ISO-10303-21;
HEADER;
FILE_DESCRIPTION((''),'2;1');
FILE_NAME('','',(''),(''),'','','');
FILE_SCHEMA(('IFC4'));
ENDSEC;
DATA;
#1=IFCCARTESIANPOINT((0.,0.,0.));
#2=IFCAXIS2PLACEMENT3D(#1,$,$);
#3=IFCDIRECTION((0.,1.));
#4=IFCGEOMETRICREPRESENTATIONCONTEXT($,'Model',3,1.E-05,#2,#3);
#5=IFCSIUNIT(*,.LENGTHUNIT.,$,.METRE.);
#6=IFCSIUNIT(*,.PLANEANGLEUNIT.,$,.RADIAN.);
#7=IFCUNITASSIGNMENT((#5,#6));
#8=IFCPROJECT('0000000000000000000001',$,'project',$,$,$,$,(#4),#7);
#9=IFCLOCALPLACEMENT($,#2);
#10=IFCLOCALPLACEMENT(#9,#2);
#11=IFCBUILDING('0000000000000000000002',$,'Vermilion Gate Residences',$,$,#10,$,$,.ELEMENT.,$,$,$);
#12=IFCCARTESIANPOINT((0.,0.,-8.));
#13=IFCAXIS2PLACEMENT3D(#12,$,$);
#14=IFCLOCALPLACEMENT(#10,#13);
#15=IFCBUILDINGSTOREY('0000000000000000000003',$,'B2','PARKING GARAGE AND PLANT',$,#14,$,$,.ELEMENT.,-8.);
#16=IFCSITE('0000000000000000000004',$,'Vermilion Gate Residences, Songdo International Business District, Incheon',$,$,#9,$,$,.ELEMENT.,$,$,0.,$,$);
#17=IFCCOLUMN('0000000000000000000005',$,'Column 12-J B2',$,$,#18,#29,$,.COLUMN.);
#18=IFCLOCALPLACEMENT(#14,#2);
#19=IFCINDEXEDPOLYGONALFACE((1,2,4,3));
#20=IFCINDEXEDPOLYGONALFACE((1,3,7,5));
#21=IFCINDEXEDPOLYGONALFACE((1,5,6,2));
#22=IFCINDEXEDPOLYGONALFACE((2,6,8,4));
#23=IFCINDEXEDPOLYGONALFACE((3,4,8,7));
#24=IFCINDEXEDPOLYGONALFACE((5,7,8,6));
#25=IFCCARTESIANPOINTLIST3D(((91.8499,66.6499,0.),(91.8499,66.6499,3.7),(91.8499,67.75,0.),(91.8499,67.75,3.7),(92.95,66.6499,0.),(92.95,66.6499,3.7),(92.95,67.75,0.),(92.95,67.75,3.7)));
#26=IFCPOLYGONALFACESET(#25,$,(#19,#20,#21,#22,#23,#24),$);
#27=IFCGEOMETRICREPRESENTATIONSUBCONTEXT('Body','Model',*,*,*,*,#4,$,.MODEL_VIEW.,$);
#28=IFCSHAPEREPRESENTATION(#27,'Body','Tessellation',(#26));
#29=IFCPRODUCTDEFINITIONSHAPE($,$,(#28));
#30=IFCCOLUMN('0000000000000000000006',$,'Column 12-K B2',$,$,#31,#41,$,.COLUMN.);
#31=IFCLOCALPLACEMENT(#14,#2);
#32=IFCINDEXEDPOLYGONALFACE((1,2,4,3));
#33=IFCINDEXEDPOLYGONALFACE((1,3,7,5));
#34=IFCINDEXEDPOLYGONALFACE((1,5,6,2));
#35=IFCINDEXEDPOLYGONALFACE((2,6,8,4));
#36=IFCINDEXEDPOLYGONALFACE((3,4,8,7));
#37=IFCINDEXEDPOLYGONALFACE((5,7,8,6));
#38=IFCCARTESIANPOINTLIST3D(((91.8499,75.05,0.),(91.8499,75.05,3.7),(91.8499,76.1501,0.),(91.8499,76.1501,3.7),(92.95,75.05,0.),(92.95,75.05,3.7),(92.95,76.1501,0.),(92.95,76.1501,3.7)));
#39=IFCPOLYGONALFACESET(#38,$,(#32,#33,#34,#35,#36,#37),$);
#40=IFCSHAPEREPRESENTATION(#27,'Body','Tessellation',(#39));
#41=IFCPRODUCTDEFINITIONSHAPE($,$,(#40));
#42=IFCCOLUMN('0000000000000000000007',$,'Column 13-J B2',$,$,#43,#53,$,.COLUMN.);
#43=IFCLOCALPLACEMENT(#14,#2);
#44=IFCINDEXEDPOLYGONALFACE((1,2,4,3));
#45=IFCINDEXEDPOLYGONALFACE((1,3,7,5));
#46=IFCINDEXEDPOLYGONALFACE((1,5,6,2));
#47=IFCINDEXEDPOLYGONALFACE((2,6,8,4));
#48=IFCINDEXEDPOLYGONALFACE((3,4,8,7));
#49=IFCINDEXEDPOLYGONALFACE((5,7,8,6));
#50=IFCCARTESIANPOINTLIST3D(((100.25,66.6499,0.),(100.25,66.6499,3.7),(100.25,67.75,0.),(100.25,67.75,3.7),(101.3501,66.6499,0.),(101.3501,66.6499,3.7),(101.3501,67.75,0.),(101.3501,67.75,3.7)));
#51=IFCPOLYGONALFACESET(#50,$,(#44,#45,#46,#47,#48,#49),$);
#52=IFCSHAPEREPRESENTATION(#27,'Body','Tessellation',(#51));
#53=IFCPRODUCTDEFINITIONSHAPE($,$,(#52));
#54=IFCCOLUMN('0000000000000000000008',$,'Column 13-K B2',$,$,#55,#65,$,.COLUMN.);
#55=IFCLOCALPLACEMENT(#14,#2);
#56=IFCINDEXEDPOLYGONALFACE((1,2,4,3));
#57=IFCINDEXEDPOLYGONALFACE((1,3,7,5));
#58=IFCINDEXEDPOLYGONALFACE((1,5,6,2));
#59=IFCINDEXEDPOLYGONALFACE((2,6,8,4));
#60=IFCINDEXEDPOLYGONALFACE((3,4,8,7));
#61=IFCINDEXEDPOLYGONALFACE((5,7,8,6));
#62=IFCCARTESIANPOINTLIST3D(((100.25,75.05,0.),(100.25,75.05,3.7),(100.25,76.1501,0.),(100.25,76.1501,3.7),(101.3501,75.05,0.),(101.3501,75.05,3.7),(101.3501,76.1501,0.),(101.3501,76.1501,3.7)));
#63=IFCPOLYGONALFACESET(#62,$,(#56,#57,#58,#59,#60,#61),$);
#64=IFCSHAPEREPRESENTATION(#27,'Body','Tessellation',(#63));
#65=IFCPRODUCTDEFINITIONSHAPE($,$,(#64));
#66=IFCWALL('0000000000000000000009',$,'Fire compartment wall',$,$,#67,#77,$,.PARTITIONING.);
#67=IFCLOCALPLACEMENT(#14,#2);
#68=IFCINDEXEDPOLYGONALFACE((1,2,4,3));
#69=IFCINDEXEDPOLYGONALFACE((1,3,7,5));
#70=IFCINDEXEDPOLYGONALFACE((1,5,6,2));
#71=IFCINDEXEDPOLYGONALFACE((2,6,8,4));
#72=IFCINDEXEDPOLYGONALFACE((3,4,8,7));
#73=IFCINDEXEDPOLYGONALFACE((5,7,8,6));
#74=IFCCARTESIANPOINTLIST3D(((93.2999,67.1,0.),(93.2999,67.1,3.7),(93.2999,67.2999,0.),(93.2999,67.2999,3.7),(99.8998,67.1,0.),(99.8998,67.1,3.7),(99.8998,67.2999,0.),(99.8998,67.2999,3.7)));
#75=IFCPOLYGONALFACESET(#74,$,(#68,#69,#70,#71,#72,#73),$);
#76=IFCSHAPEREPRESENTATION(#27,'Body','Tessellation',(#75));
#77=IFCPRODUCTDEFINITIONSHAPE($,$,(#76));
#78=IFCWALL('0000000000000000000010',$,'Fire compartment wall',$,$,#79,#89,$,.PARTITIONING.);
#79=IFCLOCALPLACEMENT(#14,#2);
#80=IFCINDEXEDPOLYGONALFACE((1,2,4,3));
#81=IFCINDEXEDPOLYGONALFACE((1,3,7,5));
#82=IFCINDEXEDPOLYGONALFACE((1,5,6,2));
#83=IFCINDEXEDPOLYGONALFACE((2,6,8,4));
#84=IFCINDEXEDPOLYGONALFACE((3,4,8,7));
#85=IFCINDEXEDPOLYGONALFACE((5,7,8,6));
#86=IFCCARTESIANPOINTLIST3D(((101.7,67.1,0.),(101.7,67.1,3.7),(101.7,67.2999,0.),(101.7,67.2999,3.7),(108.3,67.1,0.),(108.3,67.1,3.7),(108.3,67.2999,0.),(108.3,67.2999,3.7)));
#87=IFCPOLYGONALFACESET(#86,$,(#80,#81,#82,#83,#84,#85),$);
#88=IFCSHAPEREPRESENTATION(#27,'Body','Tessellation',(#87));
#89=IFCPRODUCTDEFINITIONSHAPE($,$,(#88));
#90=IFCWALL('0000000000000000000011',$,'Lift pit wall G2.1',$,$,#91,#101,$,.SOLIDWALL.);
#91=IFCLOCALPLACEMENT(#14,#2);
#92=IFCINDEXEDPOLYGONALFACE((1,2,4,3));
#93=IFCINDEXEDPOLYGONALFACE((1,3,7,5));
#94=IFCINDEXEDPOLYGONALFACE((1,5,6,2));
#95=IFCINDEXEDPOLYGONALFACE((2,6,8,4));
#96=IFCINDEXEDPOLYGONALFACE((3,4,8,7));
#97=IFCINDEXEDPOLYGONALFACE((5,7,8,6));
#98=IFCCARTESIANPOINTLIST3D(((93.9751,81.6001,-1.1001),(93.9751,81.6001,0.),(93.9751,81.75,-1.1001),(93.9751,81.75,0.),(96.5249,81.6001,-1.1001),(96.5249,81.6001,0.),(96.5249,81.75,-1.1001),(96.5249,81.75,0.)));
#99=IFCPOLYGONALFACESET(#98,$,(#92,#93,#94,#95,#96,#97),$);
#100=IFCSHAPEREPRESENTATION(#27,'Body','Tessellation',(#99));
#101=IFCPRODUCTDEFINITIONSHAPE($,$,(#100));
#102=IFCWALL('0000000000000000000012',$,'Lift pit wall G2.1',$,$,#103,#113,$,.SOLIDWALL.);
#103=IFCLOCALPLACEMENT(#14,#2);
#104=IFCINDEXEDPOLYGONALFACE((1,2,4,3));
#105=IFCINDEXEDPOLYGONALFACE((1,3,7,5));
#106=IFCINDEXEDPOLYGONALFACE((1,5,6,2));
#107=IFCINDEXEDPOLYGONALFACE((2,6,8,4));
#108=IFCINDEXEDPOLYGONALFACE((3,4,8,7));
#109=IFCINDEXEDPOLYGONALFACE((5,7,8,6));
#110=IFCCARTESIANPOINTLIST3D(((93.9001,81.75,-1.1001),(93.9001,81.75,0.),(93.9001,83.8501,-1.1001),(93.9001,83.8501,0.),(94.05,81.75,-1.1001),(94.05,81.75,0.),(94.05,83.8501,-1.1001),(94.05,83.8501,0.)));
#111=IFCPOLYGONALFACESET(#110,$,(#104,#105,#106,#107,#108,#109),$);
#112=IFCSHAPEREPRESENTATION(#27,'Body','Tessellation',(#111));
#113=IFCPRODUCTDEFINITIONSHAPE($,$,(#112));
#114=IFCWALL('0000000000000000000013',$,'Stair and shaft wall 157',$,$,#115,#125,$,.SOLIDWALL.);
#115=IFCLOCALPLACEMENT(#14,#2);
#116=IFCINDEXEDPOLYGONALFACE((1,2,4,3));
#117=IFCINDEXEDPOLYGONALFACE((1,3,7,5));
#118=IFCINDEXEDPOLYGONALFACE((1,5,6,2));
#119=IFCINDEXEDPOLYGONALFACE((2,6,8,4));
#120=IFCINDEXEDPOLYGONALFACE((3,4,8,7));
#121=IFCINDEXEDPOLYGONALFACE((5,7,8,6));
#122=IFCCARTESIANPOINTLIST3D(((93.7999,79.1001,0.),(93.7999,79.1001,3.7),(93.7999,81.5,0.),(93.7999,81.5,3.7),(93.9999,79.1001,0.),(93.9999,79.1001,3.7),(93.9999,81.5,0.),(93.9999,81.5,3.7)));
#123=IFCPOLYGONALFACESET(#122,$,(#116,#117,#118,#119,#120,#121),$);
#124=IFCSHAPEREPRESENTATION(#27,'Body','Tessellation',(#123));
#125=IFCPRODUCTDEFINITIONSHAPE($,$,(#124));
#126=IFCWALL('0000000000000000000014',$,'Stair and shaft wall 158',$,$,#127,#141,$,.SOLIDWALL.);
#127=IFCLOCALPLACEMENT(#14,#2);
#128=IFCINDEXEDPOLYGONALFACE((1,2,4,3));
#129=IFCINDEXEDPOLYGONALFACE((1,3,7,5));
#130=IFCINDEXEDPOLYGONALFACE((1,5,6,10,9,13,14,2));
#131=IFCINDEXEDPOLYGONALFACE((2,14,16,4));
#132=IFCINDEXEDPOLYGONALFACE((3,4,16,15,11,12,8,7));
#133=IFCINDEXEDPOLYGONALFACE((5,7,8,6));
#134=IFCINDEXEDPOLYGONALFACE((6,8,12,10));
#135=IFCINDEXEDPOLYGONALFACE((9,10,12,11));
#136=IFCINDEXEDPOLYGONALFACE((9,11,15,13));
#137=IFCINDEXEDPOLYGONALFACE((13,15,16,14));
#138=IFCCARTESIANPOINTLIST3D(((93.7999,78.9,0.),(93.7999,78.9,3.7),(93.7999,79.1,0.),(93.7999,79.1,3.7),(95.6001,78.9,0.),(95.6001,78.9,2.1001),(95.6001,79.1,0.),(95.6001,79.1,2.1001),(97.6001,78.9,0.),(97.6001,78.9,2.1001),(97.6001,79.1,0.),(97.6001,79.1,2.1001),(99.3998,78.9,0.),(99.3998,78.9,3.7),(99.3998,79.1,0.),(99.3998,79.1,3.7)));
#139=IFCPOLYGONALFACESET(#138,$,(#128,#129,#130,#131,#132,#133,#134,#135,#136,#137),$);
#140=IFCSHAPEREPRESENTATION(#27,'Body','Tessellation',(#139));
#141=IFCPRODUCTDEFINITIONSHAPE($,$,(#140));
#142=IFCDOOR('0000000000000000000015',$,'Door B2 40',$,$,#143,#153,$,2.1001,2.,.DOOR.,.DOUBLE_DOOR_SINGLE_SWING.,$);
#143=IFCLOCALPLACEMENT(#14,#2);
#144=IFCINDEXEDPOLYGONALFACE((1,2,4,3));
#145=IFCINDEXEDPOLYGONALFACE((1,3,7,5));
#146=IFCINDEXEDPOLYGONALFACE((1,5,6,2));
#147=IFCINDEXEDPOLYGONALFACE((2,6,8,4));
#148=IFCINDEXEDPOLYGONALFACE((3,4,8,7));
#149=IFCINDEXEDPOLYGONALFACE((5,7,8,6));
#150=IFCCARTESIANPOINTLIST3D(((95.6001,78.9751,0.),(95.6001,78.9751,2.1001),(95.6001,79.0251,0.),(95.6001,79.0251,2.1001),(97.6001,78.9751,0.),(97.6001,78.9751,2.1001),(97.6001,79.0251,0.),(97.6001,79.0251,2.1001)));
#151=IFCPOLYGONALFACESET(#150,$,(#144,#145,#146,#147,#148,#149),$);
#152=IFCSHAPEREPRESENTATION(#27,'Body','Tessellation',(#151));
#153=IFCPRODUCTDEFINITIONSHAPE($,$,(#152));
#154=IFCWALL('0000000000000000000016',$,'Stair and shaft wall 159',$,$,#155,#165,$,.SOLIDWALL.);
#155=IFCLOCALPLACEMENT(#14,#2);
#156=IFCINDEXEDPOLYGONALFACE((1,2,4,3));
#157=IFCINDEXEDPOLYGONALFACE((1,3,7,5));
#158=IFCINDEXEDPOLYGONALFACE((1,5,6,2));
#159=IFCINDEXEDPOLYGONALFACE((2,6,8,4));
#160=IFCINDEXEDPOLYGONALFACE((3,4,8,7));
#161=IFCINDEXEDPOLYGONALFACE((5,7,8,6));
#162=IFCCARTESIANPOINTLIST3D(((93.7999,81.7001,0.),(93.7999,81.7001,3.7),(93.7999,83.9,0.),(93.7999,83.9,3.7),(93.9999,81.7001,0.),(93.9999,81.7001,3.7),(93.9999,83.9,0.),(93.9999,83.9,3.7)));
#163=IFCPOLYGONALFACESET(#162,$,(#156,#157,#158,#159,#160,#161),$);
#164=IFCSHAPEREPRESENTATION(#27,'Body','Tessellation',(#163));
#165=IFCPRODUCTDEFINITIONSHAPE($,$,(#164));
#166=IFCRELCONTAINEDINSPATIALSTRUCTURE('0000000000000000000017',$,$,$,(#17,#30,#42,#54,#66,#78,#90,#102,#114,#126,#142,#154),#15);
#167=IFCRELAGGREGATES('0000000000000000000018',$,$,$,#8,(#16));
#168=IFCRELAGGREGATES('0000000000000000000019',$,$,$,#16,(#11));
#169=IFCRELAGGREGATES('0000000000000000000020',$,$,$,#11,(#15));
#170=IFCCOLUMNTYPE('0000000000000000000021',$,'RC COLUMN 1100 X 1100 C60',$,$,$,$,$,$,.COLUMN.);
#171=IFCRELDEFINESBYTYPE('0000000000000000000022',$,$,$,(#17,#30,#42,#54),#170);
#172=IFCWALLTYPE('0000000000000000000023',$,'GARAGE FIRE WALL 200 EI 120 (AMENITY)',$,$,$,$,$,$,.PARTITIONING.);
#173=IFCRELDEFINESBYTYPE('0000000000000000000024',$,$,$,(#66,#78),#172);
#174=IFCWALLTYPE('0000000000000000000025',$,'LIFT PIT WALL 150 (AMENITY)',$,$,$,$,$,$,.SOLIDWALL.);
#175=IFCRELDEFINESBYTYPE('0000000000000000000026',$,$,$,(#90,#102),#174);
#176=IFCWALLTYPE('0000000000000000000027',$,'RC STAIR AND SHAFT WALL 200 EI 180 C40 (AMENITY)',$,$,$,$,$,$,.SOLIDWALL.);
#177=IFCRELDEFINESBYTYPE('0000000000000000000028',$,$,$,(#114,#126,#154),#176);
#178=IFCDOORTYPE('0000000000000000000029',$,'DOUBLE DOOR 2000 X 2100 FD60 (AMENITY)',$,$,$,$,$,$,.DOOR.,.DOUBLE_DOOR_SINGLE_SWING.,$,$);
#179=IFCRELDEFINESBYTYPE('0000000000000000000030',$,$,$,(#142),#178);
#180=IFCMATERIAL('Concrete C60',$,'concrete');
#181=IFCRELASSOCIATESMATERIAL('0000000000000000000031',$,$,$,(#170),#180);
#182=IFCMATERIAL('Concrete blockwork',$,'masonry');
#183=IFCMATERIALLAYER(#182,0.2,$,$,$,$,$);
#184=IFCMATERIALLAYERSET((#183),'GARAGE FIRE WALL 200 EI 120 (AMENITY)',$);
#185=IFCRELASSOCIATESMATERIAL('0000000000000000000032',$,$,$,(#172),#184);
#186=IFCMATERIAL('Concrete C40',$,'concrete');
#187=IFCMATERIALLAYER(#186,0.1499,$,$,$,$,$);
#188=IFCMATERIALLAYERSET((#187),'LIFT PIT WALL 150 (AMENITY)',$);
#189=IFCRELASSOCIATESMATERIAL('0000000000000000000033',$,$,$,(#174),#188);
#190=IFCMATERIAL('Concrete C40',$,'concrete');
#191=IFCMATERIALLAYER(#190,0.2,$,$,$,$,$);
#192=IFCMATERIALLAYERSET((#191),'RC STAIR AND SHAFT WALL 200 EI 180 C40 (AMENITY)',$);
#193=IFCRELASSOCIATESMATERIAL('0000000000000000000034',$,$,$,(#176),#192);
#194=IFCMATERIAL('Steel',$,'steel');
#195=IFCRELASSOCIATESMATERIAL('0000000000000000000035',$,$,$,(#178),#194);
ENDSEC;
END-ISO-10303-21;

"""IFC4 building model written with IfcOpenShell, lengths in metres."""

from ifc_helpers import new_model, si_unit, direction, frame, frame_2d, origin, origin_2d, place, context, subcontext, project, spatial, rectangle, extrude, material, layer, layer_set, material_profile, profile_set, type_object, element, fill, save


model = new_model("IFC4")

# Units and contexts
model_context = context("Model", 3, precision=1e-05, world=origin(), true_north=direction((0.0, 1.0)))
body_context = subcontext(model_context, "Body", "Model", "MODEL_VIEW")
ifc_project = project(units=[si_unit("LENGTHUNIT", "METRE"), si_unit("PLANEANGLEUNIT", "RADIAN")], contexts=[model_context])

# Site, building, storey
site_placement = place(None, origin())
site = spatial("IfcSite", under=ifc_project, at=site_placement, Name="Vermilion Gate Residences, Songdo International Business District, Incheon", CompositionType="ELEMENT", RefElevation=0.0)
building_placement = place(site_placement, origin())
building = spatial("IfcBuilding", under=site, at=building_placement, Name="Vermilion Gate Residences", CompositionType="ELEMENT")
storey_placement = place(building_placement, frame((0.0, 0.0, -8.0)))
storey = spatial("IfcBuildingStorey", under=building, at=storey_placement, Name="B2", Description="PARKING GARAGE AND PLANT", CompositionType="ELEMENT", Elevation=-8.0)

# Columns
ifc_material_1 = material(Name="Concrete C60", Category="concrete")
ifc_material_profile_1 = material_profile(ifc_material_1, rectangle(XDim=1.1001, YDim=1.1001, at=origin_2d()), Name="RC-1100x1100")
ifc_profile_set_1 = profile_set([ifc_material_profile_1], Name="Concrete C60")
column_type = type_object("IfcColumnType", Name="RC COLUMN 1100 X 1100 C60", PredefinedType="COLUMN", material=ifc_profile_set_1)
for number, where, z_axis, x_axis, name in (
    (1, (92.3999, 67.2, 0.0), (0.0, 0.0, 1.0), (1.0, 0.0, 0.0), "Column 12-J B2"),
    (2, (92.3999, 75.6001, 0.0), (0.0, 0.0, 1.0), (1.0, 0.0, 0.0), "Column 12-K B2"),
    (3, (100.8, 67.2, 0.0), (0.0, 0.0, 1.0), (1.0, 0.0, 0.0), "Column 13-J B2"),
    (4, (100.8, 75.6001, 0.0), (0.0, 0.0, 1.0), (1.0, 0.0, 0.0), "Column 13-K B2"),
):
    element("IfcColumn", number, at=place(storey_placement, frame(where, z_axis=z_axis, x_axis=x_axis)), inside=storey, type_object=column_type, Name=name, PredefinedType="COLUMN", context=body_context, shape_type="SweptSolid", body=[
        extrude(rectangle(XDim=1.1001, YDim=1.1001, at=origin_2d()), origin(), (0.0, 0.0, 1.0), 3.7),
    ])

# Walls
ifc_material_2 = material(Name="Concrete blockwork", Category="masonry")
ifc_layer_1 = layer(ifc_material_2, 0.2)
ifc_layer_set_1 = layer_set([ifc_layer_1], Name="GARAGE FIRE WALL 200 EI 120 (AMENITY)")
wall_type_1 = type_object("IfcWallType", Name="GARAGE FIRE WALL 200 EI 120 (AMENITY)", PredefinedType="PARTITIONING", material=ifc_layer_set_1)
wall_1_placement = place(storey_placement, frame((93.3, 67.2, 0.0), z_axis=(0.0, 0.0, 1.0), x_axis=(1.0, 0.0, 0.0)))
element("IfcWall", 5, at=wall_1_placement, inside=storey, type_object=wall_type_1, Name="Fire compartment wall", PredefinedType="PARTITIONING", context=body_context, shape_type="SweptSolid", body=[
    extrude(rectangle(XDim=6.5999, YDim=0.2, at=frame_2d((3.2998, 0.0))), origin(), (0.0, 0.0, 1.0), 3.7),
])
wall_2_placement = place(storey_placement, frame((101.7, 67.2, 0.0), z_axis=(0.0, 0.0, 1.0), x_axis=(1.0, 0.0, 0.0)))
element("IfcWall", 6, at=wall_2_placement, inside=storey, type_object=wall_type_1, Name="Fire compartment wall", PredefinedType="PARTITIONING", context=body_context, shape_type="SweptSolid", body=[
    extrude(rectangle(XDim=6.6001, YDim=0.2, at=frame_2d((3.3, 0.0))), origin(), (0.0, 0.0, 1.0), 3.7),
])
ifc_material_3 = material(Name="Concrete C40", Category="concrete")
ifc_layer_2 = layer(ifc_material_3, 0.1499)
ifc_layer_set_2 = layer_set([ifc_layer_2], Name="LIFT PIT WALL 150 (AMENITY)")
wall_type_2 = type_object("IfcWallType", Name="LIFT PIT WALL 150 (AMENITY)", PredefinedType="SOLIDWALL", material=ifc_layer_set_2)
wall_3_placement = place(storey_placement, frame((93.9751, 81.675, -1.1001), z_axis=(0.0, 0.0, 1.0), x_axis=(1.0, 0.0, 0.0)))
element("IfcWall", 7, at=wall_3_placement, inside=storey, type_object=wall_type_2, Name="Lift pit wall G2.1", PredefinedType="SOLIDWALL", context=body_context, shape_type="SweptSolid", body=[
    extrude(rectangle(XDim=2.5498, YDim=0.1499, at=frame_2d((1.2749, 0.0))), origin(), (0.0, 0.0, 1.0), 1.1001),
])
wall_4_placement = place(storey_placement, frame((93.9751, 81.75, -1.1001), z_axis=(0.0, 0.0, 1.0), x_axis=(0.0, 1.0, 0.0)))
element("IfcWall", 8, at=wall_4_placement, inside=storey, type_object=wall_type_2, Name="Lift pit wall G2.1", PredefinedType="SOLIDWALL", context=body_context, shape_type="SweptSolid", body=[
    extrude(rectangle(XDim=2.1001, YDim=0.1499, at=frame_2d((1.05, 0.0))), origin(), (0.0, 0.0, 1.0), 1.1001),
])
ifc_material_4 = material(Name="Concrete C40", Category="concrete")
ifc_layer_3 = layer(ifc_material_4, 0.2)
ifc_layer_set_3 = layer_set([ifc_layer_3], Name="RC STAIR AND SHAFT WALL 200 EI 180 C40 (AMENITY)")
wall_type_3 = type_object("IfcWallType", Name="RC STAIR AND SHAFT WALL 200 EI 180 C40 (AMENITY)", PredefinedType="SOLIDWALL", material=ifc_layer_set_3)
wall_5_placement = place(storey_placement, frame((93.8999, 79.1001, 0.0), z_axis=(0.0, 0.0, 1.0), x_axis=(0.0, 1.0, 0.0)))
element("IfcWall", 9, at=wall_5_placement, inside=storey, type_object=wall_type_3, Name="Stair and shaft wall 157", PredefinedType="SOLIDWALL", context=body_context, shape_type="SweptSolid", body=[
    extrude(rectangle(XDim=2.3999, YDim=0.2, at=frame_2d((1.2, 0.0))), origin(), (0.0, 0.0, 1.0), 3.7),
])

# Wall, opening, door
wall_6_placement = place(storey_placement, frame((93.8, 79.0, 0.0), z_axis=(0.0, 0.0, 1.0), x_axis=(1.0, 0.0, 0.0)))
wall_6 = element("IfcWall", 10, at=wall_6_placement, inside=storey, type_object=wall_type_3, Name="Stair and shaft wall 158", PredefinedType="SOLIDWALL", context=body_context, shape_type="SweptSolid", body=[
    extrude(rectangle(XDim=5.5999, YDim=0.2, at=frame_2d((2.7998, 0.0))), origin(), (0.0, 0.0, 1.0), 3.7),
])
opening_1_placement = place(wall_6_placement, frame((1.8, 0.0, 0.0)))
opening_1 = element("IfcOpeningElement", 11, at=opening_1_placement, cuts=wall_6, PredefinedType="OPENING", context=body_context, shape_type="SweptSolid", body=[
    extrude(rectangle(XDim=2.0, YDim=2.1001, at=frame_2d((1.0, 1.05))), frame((0.0, 0.1099, 0.0), z_axis=(0.0, -1.0, 0.0), x_axis=(1.0, 0.0, 0.0)), (0.0, 0.0, 1.0), 0.22),
])
ifc_material_5 = material(Name="Steel", Category="steel")
door_type_1 = type_object("IfcDoorType", Name="DOUBLE DOOR 2000 X 2100 FD60 (AMENITY)", OperationType="DOUBLE_DOOR_SINGLE_SWING", PredefinedType="DOOR", material=ifc_material_5)
door_1_placement = place(opening_1_placement, frame((2.0, 0.0, 0.0), z_axis=(0.0, 0.0, 1.0), x_axis=(-1.0, 0.0, 0.0)))
door_1 = element("IfcDoor", 12, at=door_1_placement, inside=storey, type_object=door_type_1, Name="Door B2 40", OperationType="DOUBLE_DOOR_SINGLE_SWING", OverallHeight=2.1001, OverallWidth=2.0, PredefinedType="DOOR", context=body_context, shape_type="SweptSolid", body=[
    extrude(rectangle(XDim=2.0, YDim=2.1001, at=frame_2d((1.0, 1.05))), frame((0.0, 0.0249, 0.0), z_axis=(0.0, -1.0, 0.0), x_axis=(1.0, 0.0, 0.0)), (0.0, 0.0, 1.0), 0.05),
])
fill(opening_1, door_1)

# Wall
wall_7_placement = place(storey_placement, frame((93.8999, 81.7, 0.0), z_axis=(0.0, 0.0, 1.0), x_axis=(0.0, 1.0, 0.0)))
element("IfcWall", 13, at=wall_7_placement, inside=storey, type_object=wall_type_3, Name="Stair and shaft wall 159", PredefinedType="SOLIDWALL", context=body_context, shape_type="SweptSolid", body=[
    extrude(rectangle(XDim=2.2, YDim=0.2, at=frame_2d((1.1001, 0.0))), origin(), (0.0, 0.0, 1.0), 3.7),
])

save(model, "model.ifc")
